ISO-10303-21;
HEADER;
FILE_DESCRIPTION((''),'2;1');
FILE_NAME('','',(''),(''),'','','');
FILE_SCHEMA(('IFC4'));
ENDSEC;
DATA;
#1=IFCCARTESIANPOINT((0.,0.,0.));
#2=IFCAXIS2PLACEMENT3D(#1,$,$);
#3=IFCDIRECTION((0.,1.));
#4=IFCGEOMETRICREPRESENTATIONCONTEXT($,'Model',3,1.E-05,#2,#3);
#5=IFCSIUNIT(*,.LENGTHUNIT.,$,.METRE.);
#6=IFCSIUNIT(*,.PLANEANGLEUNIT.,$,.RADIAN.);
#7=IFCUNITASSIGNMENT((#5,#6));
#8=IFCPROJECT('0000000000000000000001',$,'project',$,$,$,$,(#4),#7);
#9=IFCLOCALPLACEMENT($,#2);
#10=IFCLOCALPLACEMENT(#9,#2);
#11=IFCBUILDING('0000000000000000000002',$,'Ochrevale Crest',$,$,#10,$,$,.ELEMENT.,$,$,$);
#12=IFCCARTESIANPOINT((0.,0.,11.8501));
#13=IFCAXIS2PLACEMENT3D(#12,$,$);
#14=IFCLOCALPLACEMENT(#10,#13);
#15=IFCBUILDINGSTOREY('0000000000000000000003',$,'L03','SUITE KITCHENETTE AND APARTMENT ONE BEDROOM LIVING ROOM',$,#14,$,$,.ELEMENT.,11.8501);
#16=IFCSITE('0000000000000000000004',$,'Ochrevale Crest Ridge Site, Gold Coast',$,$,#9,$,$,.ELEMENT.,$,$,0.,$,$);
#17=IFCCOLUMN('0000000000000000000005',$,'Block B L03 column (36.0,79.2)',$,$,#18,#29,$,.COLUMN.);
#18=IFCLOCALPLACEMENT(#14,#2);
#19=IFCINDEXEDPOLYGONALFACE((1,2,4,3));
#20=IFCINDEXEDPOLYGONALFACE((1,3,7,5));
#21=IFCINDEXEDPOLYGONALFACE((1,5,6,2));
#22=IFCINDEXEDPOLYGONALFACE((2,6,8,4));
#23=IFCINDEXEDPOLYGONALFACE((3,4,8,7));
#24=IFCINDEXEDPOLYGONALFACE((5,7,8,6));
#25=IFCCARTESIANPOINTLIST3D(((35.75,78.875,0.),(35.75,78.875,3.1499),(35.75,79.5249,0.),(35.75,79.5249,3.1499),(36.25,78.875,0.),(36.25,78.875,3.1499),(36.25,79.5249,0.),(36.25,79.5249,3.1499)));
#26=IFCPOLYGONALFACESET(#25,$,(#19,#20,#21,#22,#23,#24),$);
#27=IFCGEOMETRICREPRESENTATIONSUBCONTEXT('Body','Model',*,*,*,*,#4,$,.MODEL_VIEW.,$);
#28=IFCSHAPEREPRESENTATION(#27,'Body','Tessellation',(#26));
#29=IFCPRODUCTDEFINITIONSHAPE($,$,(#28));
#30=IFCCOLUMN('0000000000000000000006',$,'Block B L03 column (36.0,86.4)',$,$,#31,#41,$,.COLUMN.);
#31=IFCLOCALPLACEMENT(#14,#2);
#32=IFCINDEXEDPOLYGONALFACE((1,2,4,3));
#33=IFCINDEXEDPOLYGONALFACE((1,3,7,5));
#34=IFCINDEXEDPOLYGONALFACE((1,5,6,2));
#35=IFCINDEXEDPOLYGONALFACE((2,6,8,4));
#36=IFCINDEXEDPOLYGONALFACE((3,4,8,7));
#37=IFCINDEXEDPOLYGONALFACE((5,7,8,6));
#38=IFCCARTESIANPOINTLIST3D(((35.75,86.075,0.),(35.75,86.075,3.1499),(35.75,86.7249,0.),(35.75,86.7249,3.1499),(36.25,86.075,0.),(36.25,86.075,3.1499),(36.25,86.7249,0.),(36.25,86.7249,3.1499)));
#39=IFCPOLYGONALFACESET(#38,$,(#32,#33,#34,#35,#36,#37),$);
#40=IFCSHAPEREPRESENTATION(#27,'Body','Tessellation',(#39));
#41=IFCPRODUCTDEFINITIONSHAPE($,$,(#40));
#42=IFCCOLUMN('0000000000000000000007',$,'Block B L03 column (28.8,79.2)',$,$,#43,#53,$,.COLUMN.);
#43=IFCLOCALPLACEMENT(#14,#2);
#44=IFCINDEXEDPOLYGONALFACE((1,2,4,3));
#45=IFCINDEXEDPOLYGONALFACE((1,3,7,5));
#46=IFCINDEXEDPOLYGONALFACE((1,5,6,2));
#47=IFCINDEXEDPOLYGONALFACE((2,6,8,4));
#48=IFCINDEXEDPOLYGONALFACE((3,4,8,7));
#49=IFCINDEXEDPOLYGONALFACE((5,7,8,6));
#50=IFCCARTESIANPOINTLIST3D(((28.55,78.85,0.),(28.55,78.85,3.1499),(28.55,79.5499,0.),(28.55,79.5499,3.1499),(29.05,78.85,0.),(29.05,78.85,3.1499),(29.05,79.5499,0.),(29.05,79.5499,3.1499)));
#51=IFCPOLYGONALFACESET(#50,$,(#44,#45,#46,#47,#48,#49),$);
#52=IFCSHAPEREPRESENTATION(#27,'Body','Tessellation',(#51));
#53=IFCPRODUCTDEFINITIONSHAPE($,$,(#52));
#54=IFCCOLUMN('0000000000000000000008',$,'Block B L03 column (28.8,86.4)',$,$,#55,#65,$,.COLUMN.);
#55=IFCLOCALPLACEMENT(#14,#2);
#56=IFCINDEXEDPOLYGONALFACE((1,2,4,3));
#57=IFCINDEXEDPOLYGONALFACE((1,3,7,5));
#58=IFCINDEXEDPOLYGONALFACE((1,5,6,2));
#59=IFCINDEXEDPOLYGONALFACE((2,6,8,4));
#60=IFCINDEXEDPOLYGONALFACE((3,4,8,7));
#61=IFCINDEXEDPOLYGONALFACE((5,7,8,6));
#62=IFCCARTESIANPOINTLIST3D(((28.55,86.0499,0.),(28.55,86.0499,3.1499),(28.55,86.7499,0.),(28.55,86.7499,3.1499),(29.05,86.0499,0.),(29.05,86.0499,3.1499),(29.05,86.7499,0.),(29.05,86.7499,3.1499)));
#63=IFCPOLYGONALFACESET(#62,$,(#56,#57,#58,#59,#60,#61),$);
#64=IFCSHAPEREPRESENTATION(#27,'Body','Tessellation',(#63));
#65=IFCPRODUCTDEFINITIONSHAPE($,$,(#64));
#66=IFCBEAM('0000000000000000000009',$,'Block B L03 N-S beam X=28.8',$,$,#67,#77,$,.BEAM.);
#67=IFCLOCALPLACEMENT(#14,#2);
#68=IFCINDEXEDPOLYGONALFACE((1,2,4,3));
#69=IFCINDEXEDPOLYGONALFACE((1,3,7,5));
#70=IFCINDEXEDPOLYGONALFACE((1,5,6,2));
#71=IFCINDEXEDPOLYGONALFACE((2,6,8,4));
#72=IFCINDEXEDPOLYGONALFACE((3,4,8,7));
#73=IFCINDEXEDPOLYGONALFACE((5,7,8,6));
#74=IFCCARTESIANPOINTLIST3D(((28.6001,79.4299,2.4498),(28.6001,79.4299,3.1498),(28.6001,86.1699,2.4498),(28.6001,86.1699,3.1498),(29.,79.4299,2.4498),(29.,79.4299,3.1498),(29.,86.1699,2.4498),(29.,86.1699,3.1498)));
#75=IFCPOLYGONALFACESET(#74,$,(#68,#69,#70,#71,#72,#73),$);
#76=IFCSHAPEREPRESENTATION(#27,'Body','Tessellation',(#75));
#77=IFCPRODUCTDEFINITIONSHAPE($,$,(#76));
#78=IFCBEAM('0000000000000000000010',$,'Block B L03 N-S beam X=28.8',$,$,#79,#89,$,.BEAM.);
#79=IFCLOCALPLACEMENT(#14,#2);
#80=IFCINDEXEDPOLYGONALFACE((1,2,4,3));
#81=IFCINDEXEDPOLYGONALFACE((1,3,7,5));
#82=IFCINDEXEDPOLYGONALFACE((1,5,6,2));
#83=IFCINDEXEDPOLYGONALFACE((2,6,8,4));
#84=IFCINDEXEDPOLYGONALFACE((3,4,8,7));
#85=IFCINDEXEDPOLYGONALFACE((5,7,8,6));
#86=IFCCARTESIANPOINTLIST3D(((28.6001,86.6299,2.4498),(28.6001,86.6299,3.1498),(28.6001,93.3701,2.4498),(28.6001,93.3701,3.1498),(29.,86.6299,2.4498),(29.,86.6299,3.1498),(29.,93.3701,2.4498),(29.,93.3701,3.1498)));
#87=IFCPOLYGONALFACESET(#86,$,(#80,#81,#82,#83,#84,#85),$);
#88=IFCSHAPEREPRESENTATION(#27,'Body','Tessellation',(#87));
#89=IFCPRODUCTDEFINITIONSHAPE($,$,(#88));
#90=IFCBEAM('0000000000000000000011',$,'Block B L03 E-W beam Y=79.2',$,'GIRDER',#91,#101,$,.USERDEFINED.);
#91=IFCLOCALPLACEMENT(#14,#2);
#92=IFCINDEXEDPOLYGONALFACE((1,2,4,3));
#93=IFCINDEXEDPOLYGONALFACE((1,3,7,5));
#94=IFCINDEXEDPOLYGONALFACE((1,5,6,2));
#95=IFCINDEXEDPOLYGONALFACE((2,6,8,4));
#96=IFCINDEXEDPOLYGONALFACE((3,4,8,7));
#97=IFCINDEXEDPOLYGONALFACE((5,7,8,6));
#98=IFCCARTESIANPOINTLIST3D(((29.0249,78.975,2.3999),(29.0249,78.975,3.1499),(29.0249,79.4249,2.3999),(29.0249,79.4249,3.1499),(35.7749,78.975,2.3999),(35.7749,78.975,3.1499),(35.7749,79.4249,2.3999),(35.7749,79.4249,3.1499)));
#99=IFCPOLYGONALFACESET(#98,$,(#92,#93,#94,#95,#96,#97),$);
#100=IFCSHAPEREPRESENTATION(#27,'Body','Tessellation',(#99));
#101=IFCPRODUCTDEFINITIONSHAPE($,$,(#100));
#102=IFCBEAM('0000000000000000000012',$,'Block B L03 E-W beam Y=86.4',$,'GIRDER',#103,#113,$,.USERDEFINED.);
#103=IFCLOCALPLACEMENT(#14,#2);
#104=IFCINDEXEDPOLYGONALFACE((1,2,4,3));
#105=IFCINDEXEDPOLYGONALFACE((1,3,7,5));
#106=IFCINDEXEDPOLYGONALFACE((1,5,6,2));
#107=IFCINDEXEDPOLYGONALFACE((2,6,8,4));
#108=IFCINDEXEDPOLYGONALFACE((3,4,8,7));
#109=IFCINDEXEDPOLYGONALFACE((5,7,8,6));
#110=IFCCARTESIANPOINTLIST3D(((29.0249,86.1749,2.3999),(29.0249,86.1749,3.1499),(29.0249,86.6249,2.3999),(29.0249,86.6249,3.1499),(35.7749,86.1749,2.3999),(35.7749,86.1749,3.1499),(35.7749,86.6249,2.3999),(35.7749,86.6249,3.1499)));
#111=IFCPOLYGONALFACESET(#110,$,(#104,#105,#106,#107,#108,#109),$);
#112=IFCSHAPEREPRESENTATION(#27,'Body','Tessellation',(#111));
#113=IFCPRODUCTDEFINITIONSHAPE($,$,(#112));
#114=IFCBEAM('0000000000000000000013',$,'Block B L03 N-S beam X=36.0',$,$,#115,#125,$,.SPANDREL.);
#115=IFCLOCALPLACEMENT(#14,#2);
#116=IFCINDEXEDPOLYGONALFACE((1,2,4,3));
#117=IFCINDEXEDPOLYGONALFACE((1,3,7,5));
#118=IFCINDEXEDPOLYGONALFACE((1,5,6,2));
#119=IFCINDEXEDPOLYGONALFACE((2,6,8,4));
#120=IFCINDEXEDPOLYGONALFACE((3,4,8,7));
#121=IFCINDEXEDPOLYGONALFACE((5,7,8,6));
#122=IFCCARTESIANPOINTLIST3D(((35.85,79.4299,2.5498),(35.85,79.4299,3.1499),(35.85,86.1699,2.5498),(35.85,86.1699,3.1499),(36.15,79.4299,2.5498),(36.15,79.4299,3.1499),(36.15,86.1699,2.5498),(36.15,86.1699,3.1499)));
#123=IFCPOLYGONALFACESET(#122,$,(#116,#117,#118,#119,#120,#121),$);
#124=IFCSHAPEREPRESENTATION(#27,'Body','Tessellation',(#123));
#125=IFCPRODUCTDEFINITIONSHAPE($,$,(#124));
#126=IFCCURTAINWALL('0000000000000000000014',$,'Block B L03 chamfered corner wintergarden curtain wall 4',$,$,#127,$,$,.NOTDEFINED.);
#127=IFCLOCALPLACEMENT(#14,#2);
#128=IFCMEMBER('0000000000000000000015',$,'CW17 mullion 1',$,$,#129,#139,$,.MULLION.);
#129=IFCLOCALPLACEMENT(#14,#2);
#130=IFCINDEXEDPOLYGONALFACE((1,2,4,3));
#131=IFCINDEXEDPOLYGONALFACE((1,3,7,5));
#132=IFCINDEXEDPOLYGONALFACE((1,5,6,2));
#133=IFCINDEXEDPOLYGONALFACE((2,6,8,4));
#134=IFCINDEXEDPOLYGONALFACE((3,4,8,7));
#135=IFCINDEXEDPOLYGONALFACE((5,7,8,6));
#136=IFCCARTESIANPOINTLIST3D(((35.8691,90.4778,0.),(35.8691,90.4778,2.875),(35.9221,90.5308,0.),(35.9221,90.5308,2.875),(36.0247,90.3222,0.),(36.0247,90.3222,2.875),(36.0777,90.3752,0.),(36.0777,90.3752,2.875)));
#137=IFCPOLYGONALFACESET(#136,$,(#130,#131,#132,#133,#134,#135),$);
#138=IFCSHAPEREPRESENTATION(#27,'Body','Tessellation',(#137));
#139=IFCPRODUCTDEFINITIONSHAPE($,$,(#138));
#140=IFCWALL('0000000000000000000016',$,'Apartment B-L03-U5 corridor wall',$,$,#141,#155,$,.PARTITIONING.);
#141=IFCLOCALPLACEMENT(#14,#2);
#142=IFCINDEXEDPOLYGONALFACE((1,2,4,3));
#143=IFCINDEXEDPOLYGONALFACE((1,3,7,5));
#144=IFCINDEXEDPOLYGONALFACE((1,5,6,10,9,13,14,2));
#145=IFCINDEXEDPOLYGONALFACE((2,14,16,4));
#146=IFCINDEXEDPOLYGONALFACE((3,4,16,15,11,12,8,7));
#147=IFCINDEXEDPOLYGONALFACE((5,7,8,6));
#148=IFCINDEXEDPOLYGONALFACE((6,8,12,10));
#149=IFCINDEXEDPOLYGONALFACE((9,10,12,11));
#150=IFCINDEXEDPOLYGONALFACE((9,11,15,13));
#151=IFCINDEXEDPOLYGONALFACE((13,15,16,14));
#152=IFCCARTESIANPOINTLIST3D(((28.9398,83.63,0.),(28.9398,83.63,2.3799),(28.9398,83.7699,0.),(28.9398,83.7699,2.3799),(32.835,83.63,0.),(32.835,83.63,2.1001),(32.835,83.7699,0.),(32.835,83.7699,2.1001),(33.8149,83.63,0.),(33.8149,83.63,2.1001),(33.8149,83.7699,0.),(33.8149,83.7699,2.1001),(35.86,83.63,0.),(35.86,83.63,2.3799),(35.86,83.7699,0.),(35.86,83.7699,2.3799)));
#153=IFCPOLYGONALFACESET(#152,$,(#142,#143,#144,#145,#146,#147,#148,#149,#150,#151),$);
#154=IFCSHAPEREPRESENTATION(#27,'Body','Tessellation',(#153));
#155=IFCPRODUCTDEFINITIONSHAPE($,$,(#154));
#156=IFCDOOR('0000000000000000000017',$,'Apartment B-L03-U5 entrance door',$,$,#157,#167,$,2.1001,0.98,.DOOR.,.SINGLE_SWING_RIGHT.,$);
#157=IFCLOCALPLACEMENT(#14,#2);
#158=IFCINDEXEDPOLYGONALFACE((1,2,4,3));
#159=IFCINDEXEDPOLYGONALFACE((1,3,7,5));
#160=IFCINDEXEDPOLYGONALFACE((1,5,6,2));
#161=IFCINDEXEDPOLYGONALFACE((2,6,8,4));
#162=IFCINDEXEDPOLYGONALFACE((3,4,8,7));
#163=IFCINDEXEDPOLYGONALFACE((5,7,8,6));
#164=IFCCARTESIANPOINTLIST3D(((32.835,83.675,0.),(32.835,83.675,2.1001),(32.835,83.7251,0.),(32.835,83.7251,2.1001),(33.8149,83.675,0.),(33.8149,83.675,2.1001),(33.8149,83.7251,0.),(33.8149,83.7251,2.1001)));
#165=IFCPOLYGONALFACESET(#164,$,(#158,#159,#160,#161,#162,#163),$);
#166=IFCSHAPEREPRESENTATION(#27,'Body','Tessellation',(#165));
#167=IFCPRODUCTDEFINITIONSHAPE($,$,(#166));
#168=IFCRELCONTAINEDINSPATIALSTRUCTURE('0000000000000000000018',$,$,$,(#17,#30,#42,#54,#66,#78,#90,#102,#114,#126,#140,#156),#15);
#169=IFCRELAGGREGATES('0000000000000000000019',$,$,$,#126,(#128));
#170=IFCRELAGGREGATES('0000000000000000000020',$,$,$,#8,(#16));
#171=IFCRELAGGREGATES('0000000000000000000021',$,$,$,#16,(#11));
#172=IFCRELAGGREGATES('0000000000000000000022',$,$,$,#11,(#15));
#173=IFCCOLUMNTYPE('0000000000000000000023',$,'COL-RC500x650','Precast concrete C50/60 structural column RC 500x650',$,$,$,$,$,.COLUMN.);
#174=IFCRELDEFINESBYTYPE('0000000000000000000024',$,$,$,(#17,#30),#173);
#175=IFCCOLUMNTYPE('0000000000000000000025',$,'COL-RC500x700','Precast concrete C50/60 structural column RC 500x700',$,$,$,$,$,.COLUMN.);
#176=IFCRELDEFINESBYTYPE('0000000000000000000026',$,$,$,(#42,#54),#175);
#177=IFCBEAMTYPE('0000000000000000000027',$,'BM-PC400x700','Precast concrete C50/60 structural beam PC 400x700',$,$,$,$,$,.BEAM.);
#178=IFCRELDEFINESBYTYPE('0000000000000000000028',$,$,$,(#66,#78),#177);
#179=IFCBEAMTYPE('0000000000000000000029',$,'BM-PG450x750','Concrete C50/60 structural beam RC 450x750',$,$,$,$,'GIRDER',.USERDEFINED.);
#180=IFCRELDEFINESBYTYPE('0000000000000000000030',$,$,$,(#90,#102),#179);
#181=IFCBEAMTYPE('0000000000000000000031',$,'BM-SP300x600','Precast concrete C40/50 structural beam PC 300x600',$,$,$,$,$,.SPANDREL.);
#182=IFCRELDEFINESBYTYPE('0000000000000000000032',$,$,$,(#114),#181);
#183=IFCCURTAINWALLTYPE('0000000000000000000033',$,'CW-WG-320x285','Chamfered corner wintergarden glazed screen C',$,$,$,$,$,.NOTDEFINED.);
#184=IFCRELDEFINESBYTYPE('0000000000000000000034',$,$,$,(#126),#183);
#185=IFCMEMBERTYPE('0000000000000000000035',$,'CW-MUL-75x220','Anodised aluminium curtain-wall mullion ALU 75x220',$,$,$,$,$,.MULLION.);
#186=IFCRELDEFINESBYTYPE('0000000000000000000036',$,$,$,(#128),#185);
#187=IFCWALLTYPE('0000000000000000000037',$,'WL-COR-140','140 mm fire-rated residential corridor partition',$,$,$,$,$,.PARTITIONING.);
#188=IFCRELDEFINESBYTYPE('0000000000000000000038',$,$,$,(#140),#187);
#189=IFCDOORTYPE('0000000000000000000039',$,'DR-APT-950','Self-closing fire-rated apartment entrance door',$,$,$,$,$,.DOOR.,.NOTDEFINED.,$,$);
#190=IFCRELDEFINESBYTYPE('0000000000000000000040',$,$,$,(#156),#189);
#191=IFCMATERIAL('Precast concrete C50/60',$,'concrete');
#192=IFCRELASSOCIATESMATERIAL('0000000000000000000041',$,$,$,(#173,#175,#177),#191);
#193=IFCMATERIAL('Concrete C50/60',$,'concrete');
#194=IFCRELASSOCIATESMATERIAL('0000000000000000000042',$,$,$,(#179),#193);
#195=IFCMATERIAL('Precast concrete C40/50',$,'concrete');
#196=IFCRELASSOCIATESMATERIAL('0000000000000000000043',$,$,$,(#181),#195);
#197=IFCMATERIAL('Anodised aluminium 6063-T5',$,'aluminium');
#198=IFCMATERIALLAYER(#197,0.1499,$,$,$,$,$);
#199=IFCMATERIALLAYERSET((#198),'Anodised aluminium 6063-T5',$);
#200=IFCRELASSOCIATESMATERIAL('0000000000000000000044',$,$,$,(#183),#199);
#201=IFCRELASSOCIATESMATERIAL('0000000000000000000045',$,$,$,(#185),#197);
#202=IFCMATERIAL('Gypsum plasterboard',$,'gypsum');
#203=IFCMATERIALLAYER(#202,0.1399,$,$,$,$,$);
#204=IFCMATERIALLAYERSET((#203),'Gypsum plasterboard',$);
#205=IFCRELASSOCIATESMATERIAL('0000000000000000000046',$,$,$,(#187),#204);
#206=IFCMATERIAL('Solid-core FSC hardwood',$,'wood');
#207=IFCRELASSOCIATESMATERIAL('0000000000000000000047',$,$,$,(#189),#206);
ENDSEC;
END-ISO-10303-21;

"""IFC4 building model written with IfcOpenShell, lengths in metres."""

from ifc_helpers import new_model, si_unit, direction, frame, frame_2d, origin, origin_2d, place, context, subcontext, project, spatial, rectangle, extrude, material, layer, layer_set, material_profile, profile_set, type_object, element, fill, aggregate, save


model = new_model("IFC4")

# Units and contexts
model_context = context("Model", 3, precision=1e-05, world=origin(), true_north=direction((0.0, 1.0)))
body_context = subcontext(model_context, "Body", "Model", "MODEL_VIEW")
ifc_project = project(units=[si_unit("LENGTHUNIT", "METRE"), si_unit("PLANEANGLEUNIT", "RADIAN")], contexts=[model_context])

# Site, building, storey
site_placement = place(None, origin())
site = spatial("IfcSite", under=ifc_project, at=site_placement, Name="Ochrevale Crest Ridge Site, Gold Coast", CompositionType="ELEMENT", RefElevation=0.0)
building_placement = place(site_placement, origin())
building = spatial("IfcBuilding", under=site, at=building_placement, Name="Ochrevale Crest", CompositionType="ELEMENT")
storey_placement = place(building_placement, frame((0.0, 0.0, 11.8501)))
storey = spatial("IfcBuildingStorey", under=building, at=storey_placement, Name="L03", Description="SUITE KITCHENETTE AND APARTMENT ONE BEDROOM LIVING ROOM", CompositionType="ELEMENT", Elevation=11.8501)

# Columns
ifc_material_1 = material(Name="Precast concrete C50/60", Category="concrete")
ifc_material_profile_1 = material_profile(ifc_material_1, rectangle(XDim=0.5, YDim=0.6499, at=origin_2d()), Name="RC 500x650")
ifc_profile_set_1 = profile_set([ifc_material_profile_1], Name="Precast concrete C50/60")
column_type_1 = type_object("IfcColumnType", Name="COL-RC500x650", Description="Precast concrete C50/60 structural column RC 500x650", PredefinedType="COLUMN", material=ifc_profile_set_1)
for number, where, z_axis, x_axis, name in (
    (1, (36.0, 79.2, 0.0), (0.0, 0.0, 1.0), (1.0, 0.0, 0.0), "Block B L03 column (36.0,79.2)"),
    (2, (36.0, 86.3999, 0.0), (0.0, 0.0, 1.0), (1.0, 0.0, 0.0), "Block B L03 column (36.0,86.4)"),
):
    element("IfcColumn", number, at=place(storey_placement, frame(where, z_axis=z_axis, x_axis=x_axis)), inside=storey, type_object=column_type_1, Name=name, PredefinedType="COLUMN", context=body_context, shape_type="SweptSolid", body=[
        extrude(rectangle(XDim=0.5, YDim=0.6499, at=origin_2d()), origin(), (0.0, 0.0, 1.0), 3.1499),
    ])
ifc_material_profile_2 = material_profile(ifc_material_1, rectangle(XDim=0.5, YDim=0.7, at=origin_2d()), Name="RC 500x700")
ifc_profile_set_2 = profile_set([ifc_material_profile_2], Name="Precast concrete C50/60")
column_type_2 = type_object("IfcColumnType", Name="COL-RC500x700", Description="Precast concrete C50/60 structural column RC 500x700", PredefinedType="COLUMN", material=ifc_profile_set_2)
for number, where, z_axis, x_axis, name in (
    (3, (28.8, 79.2, 0.0), (0.0, 0.0, 1.0), (1.0, 0.0, 0.0), "Block B L03 column (28.8,79.2)"),
    (4, (28.8, 86.3999, 0.0), (0.0, 0.0, 1.0), (1.0, 0.0, 0.0), "Block B L03 column (28.8,86.4)"),
):
    element("IfcColumn", number, at=place(storey_placement, frame(where, z_axis=z_axis, x_axis=x_axis)), inside=storey, type_object=column_type_2, Name=name, PredefinedType="COLUMN", context=body_context, shape_type="SweptSolid", body=[
        extrude(rectangle(XDim=0.5, YDim=0.7, at=origin_2d()), origin(), (0.0, 0.0, 1.0), 3.1499),
    ])

# Beams
ifc_material_profile_3 = material_profile(ifc_material_1, rectangle(XDim=0.3999, YDim=0.7, at=origin_2d()), Name="PC 400x700")
ifc_profile_set_3 = profile_set([ifc_material_profile_3], Name="Precast concrete C50/60")
beam_type_1 = type_object("IfcBeamType", Name="BM-PC400x700", Description="Precast concrete C50/60 structural beam PC 400x700", PredefinedType="BEAM", material=ifc_profile_set_3)
beam_1_placement = place(storey_placement, frame((28.8, 79.4299, 2.7998), z_axis=(0.0, 1.0, 0.0), x_axis=(-1.0, 0.0, 0.0)))
element("IfcBeam", 5, at=beam_1_placement, inside=storey, type_object=beam_type_1, Name="Block B L03 N-S beam X=28.8", PredefinedType="BEAM", context=body_context, shape_type="SweptSolid", body=[
    extrude(rectangle(XDim=0.3999, YDim=0.7, at=origin_2d()), origin(), (0.0, 0.0, 1.0), 6.74),
])
beam_2_placement = place(storey_placement, frame((28.8, 86.6299, 2.7998), z_axis=(0.0, 1.0, 0.0), x_axis=(-1.0, 0.0, 0.0)))
element("IfcBeam", 6, at=beam_2_placement, inside=storey, type_object=beam_type_1, Name="Block B L03 N-S beam X=28.8", PredefinedType="BEAM", context=body_context, shape_type="SweptSolid", body=[
    extrude(rectangle(XDim=0.3999, YDim=0.7, at=origin_2d()), origin(), (0.0, 0.0, 1.0), 6.7402),
])
ifc_material_2 = material(Name="Concrete C50/60", Category="concrete")
ifc_material_profile_4 = material_profile(ifc_material_2, rectangle(XDim=0.45, YDim=0.75, at=origin_2d()), Name="RC 450x750")
ifc_profile_set_4 = profile_set([ifc_material_profile_4], Name="Concrete C50/60")
beam_type_2 = type_object("IfcBeamType", Name="BM-PG450x750", Description="Concrete C50/60 structural beam RC 450x750", ElementType="GIRDER", PredefinedType="USERDEFINED", material=ifc_profile_set_4)
for number, where, z_axis, x_axis, name in (
    (7, (29.0249, 79.2, 2.7749), (1.0, 0.0, 0.0), (0.0, 1.0, 0.0), "Block B L03 E-W beam Y=79.2"),
    (8, (29.0249, 86.3999, 2.7749), (1.0, 0.0, 0.0), (0.0, 1.0, 0.0), "Block B L03 E-W beam Y=86.4"),
):
    element("IfcBeam", number, at=place(storey_placement, frame(where, z_axis=z_axis, x_axis=x_axis)), inside=storey, type_object=beam_type_2, Name=name, ObjectType="GIRDER", PredefinedType="USERDEFINED", context=body_context, shape_type="SweptSolid", body=[
        extrude(rectangle(XDim=0.45, YDim=0.75, at=origin_2d()), origin(), (0.0, 0.0, 1.0), 6.75),
    ])
ifc_material_3 = material(Name="Precast concrete C40/50", Category="concrete")
ifc_material_profile_5 = material_profile(ifc_material_3, rectangle(XDim=0.3, YDim=0.6001, at=origin_2d()), Name="PC 300x600")
ifc_profile_set_5 = profile_set([ifc_material_profile_5], Name="Precast concrete C40/50")
beam_type_3 = type_object("IfcBeamType", Name="BM-SP300x600", Description="Precast concrete C40/50 structural beam PC 300x600", PredefinedType="SPANDREL", material=ifc_profile_set_5)
beam_3_placement = place(storey_placement, frame((36.0, 79.4299, 2.8499), z_axis=(0.0, 1.0, 0.0), x_axis=(-1.0, 0.0, 0.0)))
element("IfcBeam", 9, at=beam_3_placement, inside=storey, type_object=beam_type_3, Name="Block B L03 N-S beam X=36.0", PredefinedType="SPANDREL", context=body_context, shape_type="SweptSolid", body=[
    extrude(rectangle(XDim=0.3, YDim=0.6001, at=origin_2d()), origin(), (0.0, 0.0, 1.0), 6.74),
])

# Curtain wall, member
ifc_material_4 = material(Name="Anodised aluminium 6063-T5", Category="aluminium")
ifc_layer_1 = layer(ifc_material_4, 0.1499)
ifc_layer_set_1 = layer_set([ifc_layer_1], Name="Anodised aluminium 6063-T5")
curtain_wall_type = type_object("IfcCurtainWallType", Name="CW-WG-320x285", Description="Chamfered corner wintergarden glazed screen C", PredefinedType="NOTDEFINED", material=ifc_layer_set_1)
curtain_wall_placement = place(storey_placement, origin())
curtain_wall = element("IfcCurtainWall", 10, at=curtain_wall_placement, inside=storey, type_object=curtain_wall_type, Name="Block B L03 chamfered corner wintergarden curtain wall 4", PredefinedType="NOTDEFINED")
ifc_material_profile_6 = material_profile(ifc_material_4, rectangle(XDim=0.075, YDim=0.22, at=origin_2d()), Name="ALU 75x220")
ifc_profile_set_6 = profile_set([ifc_material_profile_6], Name="Anodised aluminium 6063-T5")
member_type = type_object("IfcMemberType", Name="CW-MUL-75x220", Description="Anodised aluminium curtain-wall mullion ALU 75x220", PredefinedType="MULLION", material=ifc_profile_set_6)
member_placement = place(storey_placement, frame((35.9734, 90.4265, 0.0), z_axis=(0.0, 0.0, 1.0), x_axis=(-0.707107, -0.707107, 0.0)))
member = element("IfcMember", 11, at=member_placement, type_object=member_type, Name="CW17 mullion 1", PredefinedType="MULLION", context=body_context, shape_type="SweptSolid", body=[
    extrude(rectangle(XDim=0.075, YDim=0.22, at=origin_2d()), origin(), (0.0, 0.0, 1.0), 2.875),
])
aggregate(curtain_wall, [member])

# Wall, opening, door
ifc_material_5 = material(Name="Gypsum plasterboard", Category="gypsum")
ifc_layer_2 = layer(ifc_material_5, 0.1399)
ifc_layer_set_2 = layer_set([ifc_layer_2], Name="Gypsum plasterboard")
wall_type_1 = type_object("IfcWallType", Name="WL-COR-140", Description="140 mm fire-rated residential corridor partition", PredefinedType="PARTITIONING", material=ifc_layer_set_2)
wall_1_placement = place(storey_placement, frame((28.9399, 83.7, 0.0), z_axis=(0.0, 0.0, 1.0), x_axis=(1.0, 0.0, 0.0)))
wall_1 = element("IfcWall", 12, at=wall_1_placement, inside=storey, type_object=wall_type_1, Name="Apartment B-L03-U5 corridor wall", PredefinedType="PARTITIONING", context=body_context, shape_type="SweptSolid", body=[
    extrude(rectangle(XDim=6.9202, YDim=0.1399, at=frame_2d((3.46, 0.0))), origin(), (0.0, 0.0, 1.0), 2.3799),
])
opening_1_placement = place(wall_1_placement, frame((4.875, 0.0, 0.0), z_axis=(0.0, 0.0, 1.0), x_axis=(-1.0, 0.0, 0.0)))
opening_1 = element("IfcOpeningElement", 13, at=opening_1_placement, cuts=wall_1, PredefinedType="OPENING", context=body_context, shape_type="SweptSolid", body=[
    extrude(rectangle(XDim=0.98, YDim=2.1001, at=frame_2d((0.49, 1.05))), frame((0.0, 0.0801, 0.0), z_axis=(0.0, -1.0, 0.0), x_axis=(1.0, 0.0, 0.0)), (0.0, 0.0, 1.0), 0.1599),
])
ifc_material_6 = material(Name="Solid-core FSC hardwood", Category="wood")
door_type_1 = type_object("IfcDoorType", Name="DR-APT-950", Description="Self-closing fire-rated apartment entrance door", OperationType="NOTDEFINED", PredefinedType="DOOR", material=ifc_material_6)
door_1_placement = place(opening_1_placement, origin())
door_1 = element("IfcDoor", 14, at=door_1_placement, inside=storey, type_object=door_type_1, Name="Apartment B-L03-U5 entrance door", OperationType="SINGLE_SWING_RIGHT", OverallHeight=2.1001, OverallWidth=0.98, PredefinedType="DOOR", context=body_context, shape_type="SweptSolid", body=[
    extrude(rectangle(XDim=0.98, YDim=2.1001, at=frame_2d((0.49, 1.05))), frame((0.0, 0.0249, 0.0), z_axis=(0.0, -1.0, 0.0), x_axis=(1.0, 0.0, 0.0)), (0.0, 0.0, 1.0), 0.05),
])
fill(opening_1, door_1)

save(model, "model.ifc")
